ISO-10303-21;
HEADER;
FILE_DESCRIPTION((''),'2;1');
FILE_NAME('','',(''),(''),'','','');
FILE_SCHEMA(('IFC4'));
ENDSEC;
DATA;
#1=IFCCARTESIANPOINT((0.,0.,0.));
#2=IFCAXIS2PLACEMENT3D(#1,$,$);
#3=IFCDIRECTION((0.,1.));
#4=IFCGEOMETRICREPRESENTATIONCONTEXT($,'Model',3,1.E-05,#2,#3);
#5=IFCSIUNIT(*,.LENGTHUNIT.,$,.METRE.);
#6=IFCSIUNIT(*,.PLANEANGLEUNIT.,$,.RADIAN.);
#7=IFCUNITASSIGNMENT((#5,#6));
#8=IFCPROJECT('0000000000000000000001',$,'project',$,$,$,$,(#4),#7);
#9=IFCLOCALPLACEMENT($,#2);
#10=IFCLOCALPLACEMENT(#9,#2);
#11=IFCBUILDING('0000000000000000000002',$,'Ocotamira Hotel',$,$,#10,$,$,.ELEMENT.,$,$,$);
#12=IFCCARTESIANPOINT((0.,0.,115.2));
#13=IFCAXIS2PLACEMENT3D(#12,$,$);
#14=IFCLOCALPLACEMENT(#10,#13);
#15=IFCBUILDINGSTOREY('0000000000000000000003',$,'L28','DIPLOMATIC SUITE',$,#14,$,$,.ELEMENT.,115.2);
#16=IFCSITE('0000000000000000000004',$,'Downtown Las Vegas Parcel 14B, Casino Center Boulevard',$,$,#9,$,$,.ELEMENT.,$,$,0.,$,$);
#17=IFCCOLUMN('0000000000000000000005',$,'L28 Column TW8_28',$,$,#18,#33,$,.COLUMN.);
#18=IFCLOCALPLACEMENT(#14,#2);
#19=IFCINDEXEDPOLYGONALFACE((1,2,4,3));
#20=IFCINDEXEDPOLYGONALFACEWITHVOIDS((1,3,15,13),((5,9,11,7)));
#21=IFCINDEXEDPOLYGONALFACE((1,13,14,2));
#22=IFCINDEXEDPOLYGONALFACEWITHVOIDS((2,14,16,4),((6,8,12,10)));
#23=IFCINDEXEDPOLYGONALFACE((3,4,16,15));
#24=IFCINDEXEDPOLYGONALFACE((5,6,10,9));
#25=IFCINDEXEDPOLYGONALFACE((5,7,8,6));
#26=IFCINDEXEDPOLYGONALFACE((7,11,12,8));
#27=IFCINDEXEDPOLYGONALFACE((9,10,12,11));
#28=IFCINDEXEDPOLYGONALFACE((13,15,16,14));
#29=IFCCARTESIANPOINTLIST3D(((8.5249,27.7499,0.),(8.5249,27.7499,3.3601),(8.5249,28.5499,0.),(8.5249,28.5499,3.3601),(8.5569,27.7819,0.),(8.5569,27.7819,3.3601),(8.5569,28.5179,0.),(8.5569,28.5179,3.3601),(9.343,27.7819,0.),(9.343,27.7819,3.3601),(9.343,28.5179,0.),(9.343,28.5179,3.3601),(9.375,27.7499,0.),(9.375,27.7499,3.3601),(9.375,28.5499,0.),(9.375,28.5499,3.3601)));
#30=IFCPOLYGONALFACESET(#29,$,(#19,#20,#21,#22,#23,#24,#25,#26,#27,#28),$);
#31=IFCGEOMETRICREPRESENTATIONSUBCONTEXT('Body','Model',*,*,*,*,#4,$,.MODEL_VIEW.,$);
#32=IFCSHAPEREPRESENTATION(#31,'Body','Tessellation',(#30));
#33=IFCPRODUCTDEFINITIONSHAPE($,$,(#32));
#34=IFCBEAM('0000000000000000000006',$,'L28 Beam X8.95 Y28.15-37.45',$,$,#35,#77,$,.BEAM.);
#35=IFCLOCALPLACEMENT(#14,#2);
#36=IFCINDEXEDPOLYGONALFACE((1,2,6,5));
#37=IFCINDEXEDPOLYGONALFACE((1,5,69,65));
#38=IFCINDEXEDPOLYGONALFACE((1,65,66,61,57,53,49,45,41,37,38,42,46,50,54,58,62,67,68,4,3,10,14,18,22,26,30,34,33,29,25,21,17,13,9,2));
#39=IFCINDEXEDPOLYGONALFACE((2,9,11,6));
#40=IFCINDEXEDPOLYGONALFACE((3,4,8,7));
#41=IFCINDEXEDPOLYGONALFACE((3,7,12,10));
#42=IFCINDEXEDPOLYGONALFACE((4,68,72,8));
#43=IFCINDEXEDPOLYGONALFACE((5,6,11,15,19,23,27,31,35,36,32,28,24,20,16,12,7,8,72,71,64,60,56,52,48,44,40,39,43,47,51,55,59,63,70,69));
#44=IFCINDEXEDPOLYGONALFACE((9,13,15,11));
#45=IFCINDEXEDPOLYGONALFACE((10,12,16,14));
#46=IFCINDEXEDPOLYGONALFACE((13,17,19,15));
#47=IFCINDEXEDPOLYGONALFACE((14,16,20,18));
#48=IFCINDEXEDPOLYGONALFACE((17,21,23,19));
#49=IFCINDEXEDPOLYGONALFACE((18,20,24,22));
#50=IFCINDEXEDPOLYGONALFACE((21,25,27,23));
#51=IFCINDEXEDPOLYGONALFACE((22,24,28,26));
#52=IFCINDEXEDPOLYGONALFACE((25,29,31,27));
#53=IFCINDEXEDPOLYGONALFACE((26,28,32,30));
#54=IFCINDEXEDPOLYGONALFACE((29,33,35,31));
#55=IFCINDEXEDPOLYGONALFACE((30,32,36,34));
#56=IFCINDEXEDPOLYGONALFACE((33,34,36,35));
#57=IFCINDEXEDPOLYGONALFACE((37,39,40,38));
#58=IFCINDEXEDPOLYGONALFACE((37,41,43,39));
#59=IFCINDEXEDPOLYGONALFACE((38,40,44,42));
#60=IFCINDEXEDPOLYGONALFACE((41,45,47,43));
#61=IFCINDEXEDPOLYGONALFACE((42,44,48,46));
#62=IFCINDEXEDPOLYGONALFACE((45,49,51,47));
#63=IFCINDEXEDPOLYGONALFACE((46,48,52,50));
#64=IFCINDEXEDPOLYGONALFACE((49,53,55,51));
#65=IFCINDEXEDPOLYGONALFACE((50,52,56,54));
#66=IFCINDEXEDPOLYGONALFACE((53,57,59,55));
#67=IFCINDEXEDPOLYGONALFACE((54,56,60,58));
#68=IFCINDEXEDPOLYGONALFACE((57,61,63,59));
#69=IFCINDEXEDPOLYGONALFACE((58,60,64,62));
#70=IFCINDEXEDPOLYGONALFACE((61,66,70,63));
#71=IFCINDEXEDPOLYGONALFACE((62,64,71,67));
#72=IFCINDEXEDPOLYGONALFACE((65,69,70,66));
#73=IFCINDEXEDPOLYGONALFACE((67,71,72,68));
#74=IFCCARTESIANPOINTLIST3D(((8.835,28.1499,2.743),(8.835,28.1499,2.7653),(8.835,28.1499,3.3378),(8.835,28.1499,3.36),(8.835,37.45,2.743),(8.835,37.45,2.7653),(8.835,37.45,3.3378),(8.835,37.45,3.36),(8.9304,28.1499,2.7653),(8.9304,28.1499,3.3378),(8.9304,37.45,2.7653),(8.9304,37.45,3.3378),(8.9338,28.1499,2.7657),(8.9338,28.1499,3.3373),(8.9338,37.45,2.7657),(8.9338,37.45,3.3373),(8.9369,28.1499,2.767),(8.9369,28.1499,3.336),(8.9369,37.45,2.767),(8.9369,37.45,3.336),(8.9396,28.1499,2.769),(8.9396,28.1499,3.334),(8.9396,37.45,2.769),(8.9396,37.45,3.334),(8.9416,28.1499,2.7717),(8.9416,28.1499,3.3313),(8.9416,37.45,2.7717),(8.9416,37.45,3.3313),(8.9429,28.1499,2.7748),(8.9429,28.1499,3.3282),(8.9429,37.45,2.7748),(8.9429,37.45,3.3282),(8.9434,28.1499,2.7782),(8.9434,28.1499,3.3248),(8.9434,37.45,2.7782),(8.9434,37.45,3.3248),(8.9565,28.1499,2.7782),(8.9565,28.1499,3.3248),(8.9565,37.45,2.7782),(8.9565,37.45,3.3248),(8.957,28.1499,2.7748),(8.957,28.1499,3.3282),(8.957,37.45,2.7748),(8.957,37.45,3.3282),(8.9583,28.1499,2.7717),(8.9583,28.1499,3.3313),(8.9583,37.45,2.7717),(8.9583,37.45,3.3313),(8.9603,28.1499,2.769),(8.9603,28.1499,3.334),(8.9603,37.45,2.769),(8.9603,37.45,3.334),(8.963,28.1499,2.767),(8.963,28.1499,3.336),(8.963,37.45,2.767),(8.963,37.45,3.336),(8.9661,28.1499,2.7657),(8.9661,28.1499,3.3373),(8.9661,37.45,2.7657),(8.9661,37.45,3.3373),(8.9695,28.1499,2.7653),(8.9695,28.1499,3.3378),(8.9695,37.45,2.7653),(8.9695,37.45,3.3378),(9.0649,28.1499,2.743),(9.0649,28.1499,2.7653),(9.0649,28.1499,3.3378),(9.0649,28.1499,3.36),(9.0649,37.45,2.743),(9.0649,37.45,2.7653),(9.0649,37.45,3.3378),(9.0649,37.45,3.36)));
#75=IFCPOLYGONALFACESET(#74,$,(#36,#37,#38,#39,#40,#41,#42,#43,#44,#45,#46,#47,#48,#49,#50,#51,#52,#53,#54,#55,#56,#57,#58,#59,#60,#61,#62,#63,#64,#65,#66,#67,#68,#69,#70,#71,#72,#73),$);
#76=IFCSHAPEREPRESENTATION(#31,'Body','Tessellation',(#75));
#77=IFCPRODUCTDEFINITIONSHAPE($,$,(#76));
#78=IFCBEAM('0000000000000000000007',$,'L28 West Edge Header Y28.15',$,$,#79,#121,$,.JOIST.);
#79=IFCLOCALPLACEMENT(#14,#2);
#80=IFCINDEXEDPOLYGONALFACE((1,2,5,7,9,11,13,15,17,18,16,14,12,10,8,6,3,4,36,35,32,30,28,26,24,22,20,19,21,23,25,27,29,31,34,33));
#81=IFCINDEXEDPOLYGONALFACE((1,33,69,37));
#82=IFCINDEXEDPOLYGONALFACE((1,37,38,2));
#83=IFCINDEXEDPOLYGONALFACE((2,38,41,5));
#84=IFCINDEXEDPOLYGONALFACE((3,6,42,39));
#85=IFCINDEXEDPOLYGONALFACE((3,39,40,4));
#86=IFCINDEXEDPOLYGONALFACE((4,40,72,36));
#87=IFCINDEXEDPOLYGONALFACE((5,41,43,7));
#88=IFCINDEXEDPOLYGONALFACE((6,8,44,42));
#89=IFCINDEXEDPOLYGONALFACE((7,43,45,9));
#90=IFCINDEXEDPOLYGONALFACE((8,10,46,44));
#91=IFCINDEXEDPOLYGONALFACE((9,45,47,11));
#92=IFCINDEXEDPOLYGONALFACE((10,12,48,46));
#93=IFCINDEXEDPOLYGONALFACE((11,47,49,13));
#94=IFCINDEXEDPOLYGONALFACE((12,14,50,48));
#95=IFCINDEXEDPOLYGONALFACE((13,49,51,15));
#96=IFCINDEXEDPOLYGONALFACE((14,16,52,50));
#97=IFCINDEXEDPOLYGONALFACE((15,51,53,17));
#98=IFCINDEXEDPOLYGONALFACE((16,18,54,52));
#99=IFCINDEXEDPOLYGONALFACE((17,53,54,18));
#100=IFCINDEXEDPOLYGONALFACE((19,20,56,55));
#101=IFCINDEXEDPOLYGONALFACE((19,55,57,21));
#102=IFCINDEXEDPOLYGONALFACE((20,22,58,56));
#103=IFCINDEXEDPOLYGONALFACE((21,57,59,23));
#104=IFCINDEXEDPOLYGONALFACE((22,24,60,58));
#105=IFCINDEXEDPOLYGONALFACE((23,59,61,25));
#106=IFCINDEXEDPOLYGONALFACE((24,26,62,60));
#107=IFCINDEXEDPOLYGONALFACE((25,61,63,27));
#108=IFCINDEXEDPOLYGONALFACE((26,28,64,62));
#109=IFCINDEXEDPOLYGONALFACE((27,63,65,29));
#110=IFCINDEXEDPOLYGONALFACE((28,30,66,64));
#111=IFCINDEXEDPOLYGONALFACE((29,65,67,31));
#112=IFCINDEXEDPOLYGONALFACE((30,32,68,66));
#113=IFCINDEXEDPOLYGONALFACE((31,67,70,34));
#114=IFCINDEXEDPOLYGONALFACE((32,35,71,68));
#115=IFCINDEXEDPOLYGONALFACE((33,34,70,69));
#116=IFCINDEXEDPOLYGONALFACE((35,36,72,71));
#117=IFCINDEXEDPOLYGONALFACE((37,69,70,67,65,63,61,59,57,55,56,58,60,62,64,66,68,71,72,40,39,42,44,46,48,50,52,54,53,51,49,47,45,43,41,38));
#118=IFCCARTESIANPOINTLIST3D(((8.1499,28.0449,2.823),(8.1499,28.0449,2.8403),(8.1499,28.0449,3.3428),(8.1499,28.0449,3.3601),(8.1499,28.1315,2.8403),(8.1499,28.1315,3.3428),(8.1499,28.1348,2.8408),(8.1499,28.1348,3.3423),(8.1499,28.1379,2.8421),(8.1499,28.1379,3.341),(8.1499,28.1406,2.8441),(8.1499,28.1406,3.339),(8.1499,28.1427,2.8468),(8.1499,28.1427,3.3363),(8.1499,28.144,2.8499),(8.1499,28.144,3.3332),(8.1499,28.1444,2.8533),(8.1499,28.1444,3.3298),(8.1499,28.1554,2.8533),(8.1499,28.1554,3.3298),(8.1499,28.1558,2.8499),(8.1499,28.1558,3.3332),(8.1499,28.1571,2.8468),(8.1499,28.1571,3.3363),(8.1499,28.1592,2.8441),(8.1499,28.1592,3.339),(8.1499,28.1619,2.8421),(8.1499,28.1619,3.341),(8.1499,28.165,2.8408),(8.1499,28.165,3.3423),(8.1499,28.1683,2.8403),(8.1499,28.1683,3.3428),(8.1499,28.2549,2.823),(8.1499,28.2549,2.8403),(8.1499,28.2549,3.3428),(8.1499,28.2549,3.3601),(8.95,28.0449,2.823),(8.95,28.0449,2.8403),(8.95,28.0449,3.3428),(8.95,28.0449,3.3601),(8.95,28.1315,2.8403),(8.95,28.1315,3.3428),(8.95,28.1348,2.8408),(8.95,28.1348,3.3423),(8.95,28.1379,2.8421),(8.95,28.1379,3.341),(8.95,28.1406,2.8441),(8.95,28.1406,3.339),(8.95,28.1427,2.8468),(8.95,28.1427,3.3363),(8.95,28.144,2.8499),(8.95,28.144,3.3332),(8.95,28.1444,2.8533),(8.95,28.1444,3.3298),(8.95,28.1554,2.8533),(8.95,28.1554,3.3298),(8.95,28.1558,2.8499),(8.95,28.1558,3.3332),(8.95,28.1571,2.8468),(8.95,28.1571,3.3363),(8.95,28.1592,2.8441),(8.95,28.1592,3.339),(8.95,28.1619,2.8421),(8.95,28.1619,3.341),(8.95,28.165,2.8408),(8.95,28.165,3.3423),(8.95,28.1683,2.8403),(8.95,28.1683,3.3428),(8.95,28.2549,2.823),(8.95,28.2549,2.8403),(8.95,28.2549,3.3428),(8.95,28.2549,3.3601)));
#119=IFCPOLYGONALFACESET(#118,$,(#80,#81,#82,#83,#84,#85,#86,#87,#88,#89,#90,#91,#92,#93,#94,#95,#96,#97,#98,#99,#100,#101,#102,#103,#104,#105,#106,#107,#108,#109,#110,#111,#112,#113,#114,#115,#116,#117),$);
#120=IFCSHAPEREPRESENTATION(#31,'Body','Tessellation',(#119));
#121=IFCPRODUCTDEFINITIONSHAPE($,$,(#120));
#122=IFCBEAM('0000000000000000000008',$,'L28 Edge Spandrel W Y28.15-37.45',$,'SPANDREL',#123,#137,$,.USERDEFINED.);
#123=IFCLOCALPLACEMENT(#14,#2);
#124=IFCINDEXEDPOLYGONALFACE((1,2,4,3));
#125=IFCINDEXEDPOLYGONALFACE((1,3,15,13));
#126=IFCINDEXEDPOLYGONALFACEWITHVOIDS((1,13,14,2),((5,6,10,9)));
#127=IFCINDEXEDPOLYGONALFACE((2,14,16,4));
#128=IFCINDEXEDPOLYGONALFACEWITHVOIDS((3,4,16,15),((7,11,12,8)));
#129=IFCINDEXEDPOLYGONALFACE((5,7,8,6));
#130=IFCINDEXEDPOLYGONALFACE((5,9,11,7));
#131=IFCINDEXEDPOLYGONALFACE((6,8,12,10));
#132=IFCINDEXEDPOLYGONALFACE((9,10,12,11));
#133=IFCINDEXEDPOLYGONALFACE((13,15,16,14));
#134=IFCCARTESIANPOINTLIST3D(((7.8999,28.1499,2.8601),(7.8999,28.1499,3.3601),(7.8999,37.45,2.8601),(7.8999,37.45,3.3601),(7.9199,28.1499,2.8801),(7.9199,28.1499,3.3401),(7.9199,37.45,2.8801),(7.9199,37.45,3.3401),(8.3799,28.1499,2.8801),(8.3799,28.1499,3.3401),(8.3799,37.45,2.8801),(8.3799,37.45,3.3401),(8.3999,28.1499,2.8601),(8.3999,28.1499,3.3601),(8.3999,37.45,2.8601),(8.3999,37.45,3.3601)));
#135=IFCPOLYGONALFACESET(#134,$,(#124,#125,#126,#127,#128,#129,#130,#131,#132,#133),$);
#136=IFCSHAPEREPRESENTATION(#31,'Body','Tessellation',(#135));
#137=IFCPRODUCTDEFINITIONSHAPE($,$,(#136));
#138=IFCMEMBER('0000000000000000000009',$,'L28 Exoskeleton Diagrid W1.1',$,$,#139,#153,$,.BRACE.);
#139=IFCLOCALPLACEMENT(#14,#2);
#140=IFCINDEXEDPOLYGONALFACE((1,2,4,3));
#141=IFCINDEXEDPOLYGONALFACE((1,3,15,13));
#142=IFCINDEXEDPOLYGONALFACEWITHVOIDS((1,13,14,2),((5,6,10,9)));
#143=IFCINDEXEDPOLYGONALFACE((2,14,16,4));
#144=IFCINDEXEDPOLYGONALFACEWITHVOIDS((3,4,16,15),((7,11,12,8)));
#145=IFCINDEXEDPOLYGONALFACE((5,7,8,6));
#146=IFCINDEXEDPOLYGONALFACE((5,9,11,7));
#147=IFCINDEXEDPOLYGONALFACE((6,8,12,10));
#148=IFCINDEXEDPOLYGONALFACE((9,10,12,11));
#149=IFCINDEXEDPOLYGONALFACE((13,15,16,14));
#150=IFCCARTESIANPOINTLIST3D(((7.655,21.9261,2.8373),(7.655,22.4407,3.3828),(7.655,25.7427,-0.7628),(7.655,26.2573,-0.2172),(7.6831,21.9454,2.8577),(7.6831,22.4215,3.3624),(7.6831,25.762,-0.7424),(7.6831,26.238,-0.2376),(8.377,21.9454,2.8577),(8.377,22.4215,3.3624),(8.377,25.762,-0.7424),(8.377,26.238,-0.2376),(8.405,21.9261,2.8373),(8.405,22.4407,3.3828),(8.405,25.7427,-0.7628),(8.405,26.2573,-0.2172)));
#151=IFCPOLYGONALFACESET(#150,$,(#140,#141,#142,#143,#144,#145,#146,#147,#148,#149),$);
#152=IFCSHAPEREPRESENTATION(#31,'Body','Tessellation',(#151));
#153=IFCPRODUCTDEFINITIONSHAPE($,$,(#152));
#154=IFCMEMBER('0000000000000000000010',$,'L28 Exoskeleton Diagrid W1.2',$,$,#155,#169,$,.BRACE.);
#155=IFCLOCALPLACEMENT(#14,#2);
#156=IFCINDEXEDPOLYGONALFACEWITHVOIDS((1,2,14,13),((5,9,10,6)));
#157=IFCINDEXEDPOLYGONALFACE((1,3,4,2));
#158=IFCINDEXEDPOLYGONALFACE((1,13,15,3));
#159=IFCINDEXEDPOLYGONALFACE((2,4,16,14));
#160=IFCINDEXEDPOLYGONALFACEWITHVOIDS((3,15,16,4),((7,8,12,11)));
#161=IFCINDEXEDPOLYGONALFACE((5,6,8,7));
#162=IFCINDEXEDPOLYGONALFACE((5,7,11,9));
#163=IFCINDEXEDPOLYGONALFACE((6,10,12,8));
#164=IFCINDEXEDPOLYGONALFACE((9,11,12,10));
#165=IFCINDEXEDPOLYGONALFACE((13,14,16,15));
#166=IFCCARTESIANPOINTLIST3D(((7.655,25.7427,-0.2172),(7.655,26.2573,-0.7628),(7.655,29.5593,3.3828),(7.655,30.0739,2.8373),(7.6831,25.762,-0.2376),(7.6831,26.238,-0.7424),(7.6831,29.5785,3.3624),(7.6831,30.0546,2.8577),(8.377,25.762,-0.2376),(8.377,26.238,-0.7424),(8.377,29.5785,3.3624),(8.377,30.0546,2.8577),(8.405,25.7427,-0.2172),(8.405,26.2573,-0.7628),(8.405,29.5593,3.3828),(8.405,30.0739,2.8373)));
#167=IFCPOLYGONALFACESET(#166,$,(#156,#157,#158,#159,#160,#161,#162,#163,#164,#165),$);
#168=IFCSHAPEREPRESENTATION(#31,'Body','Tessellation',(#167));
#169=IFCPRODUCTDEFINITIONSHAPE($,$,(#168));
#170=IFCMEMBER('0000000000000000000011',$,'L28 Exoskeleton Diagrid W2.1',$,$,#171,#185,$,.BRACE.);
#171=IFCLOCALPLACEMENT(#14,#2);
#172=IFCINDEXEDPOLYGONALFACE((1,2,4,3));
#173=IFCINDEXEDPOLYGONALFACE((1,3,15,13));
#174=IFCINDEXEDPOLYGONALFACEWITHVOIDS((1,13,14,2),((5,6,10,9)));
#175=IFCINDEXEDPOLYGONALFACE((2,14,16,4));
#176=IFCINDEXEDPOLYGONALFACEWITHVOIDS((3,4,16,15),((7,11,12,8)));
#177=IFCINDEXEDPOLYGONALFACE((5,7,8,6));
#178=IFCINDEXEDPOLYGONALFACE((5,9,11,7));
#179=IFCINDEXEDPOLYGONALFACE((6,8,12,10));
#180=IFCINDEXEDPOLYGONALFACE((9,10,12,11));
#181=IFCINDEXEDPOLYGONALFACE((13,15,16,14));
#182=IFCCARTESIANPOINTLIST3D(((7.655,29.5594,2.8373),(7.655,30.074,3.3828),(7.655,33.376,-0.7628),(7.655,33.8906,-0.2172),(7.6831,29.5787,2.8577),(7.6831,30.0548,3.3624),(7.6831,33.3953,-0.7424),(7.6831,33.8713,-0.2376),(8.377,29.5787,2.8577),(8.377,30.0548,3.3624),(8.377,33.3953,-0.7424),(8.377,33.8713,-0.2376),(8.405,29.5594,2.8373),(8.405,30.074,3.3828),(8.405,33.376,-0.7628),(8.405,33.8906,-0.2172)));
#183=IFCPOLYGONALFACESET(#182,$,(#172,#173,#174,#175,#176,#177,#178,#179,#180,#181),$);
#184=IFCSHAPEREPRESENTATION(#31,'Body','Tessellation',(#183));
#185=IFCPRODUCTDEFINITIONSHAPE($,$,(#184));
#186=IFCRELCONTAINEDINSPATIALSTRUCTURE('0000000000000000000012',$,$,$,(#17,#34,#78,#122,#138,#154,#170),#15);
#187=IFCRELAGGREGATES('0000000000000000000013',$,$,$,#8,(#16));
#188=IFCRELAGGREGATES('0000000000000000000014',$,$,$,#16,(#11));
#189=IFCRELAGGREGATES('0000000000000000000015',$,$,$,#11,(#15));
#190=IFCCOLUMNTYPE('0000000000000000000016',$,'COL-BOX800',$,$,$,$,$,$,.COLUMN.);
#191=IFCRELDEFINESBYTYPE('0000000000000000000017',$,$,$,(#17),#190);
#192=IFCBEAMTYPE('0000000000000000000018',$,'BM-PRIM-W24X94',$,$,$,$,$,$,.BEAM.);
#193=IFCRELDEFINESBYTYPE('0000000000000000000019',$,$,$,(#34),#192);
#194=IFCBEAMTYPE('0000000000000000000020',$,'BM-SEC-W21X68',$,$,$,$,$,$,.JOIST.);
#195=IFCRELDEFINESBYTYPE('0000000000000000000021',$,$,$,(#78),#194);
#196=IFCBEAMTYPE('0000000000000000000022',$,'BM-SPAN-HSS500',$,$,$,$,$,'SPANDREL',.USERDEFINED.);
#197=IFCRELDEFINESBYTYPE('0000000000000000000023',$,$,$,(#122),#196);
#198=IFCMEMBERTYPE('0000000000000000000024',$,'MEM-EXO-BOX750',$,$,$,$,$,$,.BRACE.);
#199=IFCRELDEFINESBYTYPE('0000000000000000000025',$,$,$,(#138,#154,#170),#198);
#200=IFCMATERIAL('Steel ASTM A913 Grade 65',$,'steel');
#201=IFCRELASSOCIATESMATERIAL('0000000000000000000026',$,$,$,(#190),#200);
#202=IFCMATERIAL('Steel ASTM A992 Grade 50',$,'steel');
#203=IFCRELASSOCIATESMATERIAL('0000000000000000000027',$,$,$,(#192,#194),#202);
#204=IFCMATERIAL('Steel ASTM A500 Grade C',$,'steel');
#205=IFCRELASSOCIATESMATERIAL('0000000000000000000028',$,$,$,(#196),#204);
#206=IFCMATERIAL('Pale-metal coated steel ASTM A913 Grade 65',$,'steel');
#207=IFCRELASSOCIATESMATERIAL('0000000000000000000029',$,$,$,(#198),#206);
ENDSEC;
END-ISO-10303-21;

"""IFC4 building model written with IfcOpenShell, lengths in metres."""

from ifc_helpers import new_model, si_unit, direction, frame, origin, origin_2d, place, context, subcontext, project, spatial, hollow_rectangle, i_section, extrude, source, transform, mapped, material, material_profile, profile_set, type_object, element, save


model = new_model("IFC4")

# Units and contexts
model_context = context("Model", 3, precision=1e-05, world=origin(), true_north=direction((0.0, 1.0)))
body_context = subcontext(model_context, "Body", "Model", "MODEL_VIEW")
ifc_project = project(units=[si_unit("LENGTHUNIT", "METRE"), si_unit("PLANEANGLEUNIT", "RADIAN")], contexts=[model_context])

# Site, building, storey
site_placement = place(None, origin())
site = spatial("IfcSite", under=ifc_project, at=site_placement, Name="Downtown Las Vegas Parcel 14B, Casino Center Boulevard", CompositionType="ELEMENT", RefElevation=0.0)
building_placement = place(site_placement, origin())
building = spatial("IfcBuilding", under=site, at=building_placement, Name="Ocotamira Hotel", CompositionType="ELEMENT")
storey_placement = place(building_placement, frame((0.0, 0.0, 115.2)))
storey = spatial("IfcBuildingStorey", under=building, at=storey_placement, Name="L28", Description="DIPLOMATIC SUITE", CompositionType="ELEMENT", Elevation=115.2)

# Column
ifc_material_1 = material(Name="Steel ASTM A913 Grade 65", Category="steel")
ifc_material_profile_1 = material_profile(ifc_material_1, hollow_rectangle(XDim=0.8501, YDim=0.8, WallThickness=0.032, at=origin_2d()), Name="BOX800X850X32")
ifc_profile_set_1 = profile_set([ifc_material_profile_1], Name="Steel ASTM A913 Grade 65")
column_type = type_object("IfcColumnType", Name="COL-BOX800", PredefinedType="COLUMN", material=ifc_profile_set_1)
shared_shape_1 = source(origin(), body_context, "Body", "SweptSolid", [
    extrude(hollow_rectangle(XDim=0.8501, YDim=0.8, WallThickness=0.032, at=origin_2d()), origin(), (0.0, 0.0, 1.0), 3.3601),
])
column_placement = place(storey_placement, frame((8.95, 28.1499, 0.0), z_axis=(0.0, 0.0, 1.0), x_axis=(1.0, 0.0, 0.0)))
element("IfcColumn", 1, at=column_placement, inside=storey, type_object=column_type, Name="L28 Column TW8_28", PredefinedType="COLUMN", context=body_context, shape_type="MappedRepresentation", body=[
    mapped(shared_shape_1, transform((0.0, 0.0, 0.0), scale=1.0)),
])

# Beams
ifc_material_2 = material(Name="Steel ASTM A992 Grade 50", Category="steel")
ifc_material_profile_2 = material_profile(ifc_material_2, i_section(OverallWidth=0.23, OverallDepth=0.6169, WebThickness=0.0132, FlangeThickness=0.0222, FilletRadius=0.0129, at=origin_2d()), Name="W24X94")
ifc_profile_set_2 = profile_set([ifc_material_profile_2], Name="Steel ASTM A992 Grade 50")
beam_type_1 = type_object("IfcBeamType", Name="BM-PRIM-W24X94", PredefinedType="BEAM", material=ifc_profile_set_2)
shared_shape_2 = source(origin(), body_context, "Body", "SweptSolid", [
    extrude(i_section(OverallWidth=0.23, OverallDepth=0.6169, WebThickness=0.0132, FlangeThickness=0.0222, FilletRadius=0.0129, at=origin_2d()), origin(), (0.0, 0.0, 1.0), 9.3),
])
beam_1_placement = place(storey_placement, frame((8.95, 28.1499, 3.0515), z_axis=(0.0, 1.0, 0.0), x_axis=(-1.0, 0.0, 0.0)))
element("IfcBeam", 2, at=beam_1_placement, inside=storey, type_object=beam_type_1, Name="L28 Beam X8.95 Y28.15-37.45", PredefinedType="BEAM", context=body_context, shape_type="MappedRepresentation", body=[
    mapped(shared_shape_2, transform((0.0, 0.0, 0.0), scale=1.0)),
])
ifc_material_profile_3 = material_profile(ifc_material_2, i_section(OverallWidth=0.21, OverallDepth=0.5371, WebThickness=0.011, FlangeThickness=0.0173, FilletRadius=0.0129, at=origin_2d()), Name="W21X68")
ifc_profile_set_3 = profile_set([ifc_material_profile_3], Name="Steel ASTM A992 Grade 50")
beam_type_2 = type_object("IfcBeamType", Name="BM-SEC-W21X68", PredefinedType="JOIST", material=ifc_profile_set_3)
shared_shape_3 = source(origin(), body_context, "Body", "SweptSolid", [
    extrude(i_section(OverallWidth=0.21, OverallDepth=0.5371, WebThickness=0.011, FlangeThickness=0.0173, FilletRadius=0.0129, at=origin_2d()), origin(), (0.0, 0.0, 1.0), 0.8),
])
beam_2_placement = place(storey_placement, frame((8.95, 28.1499, 3.0916), z_axis=(-1.0, 0.0, 0.0), x_axis=(0.0, -1.0, 0.0)))
element("IfcBeam", 3, at=beam_2_placement, inside=storey, type_object=beam_type_2, Name="L28 West Edge Header Y28.15", PredefinedType="JOIST", context=body_context, shape_type="MappedRepresentation", body=[
    mapped(shared_shape_3, transform((0.0, 0.0, 0.0), scale=1.0)),
])
ifc_material_3 = material(Name="Steel ASTM A500 Grade C", Category="steel")
ifc_material_profile_4 = material_profile(ifc_material_3, hollow_rectangle(XDim=0.5, YDim=0.5, WallThickness=0.02, at=origin_2d()), Name="HSS500X500X20")
ifc_profile_set_4 = profile_set([ifc_material_profile_4], Name="Steel ASTM A500 Grade C")
beam_type_3 = type_object("IfcBeamType", Name="BM-SPAN-HSS500", ElementType="SPANDREL", PredefinedType="USERDEFINED", material=ifc_profile_set_4)
shared_shape_4 = source(origin(), body_context, "Body", "SweptSolid", [
    extrude(hollow_rectangle(XDim=0.5, YDim=0.5, WallThickness=0.02, at=origin_2d()), origin(), (0.0, 0.0, 1.0), 9.3),
])
beam_3_placement = place(storey_placement, frame((8.1499, 28.1499, 3.1101), z_axis=(0.0, 1.0, 0.0), x_axis=(-1.0, 0.0, 0.0)))
element("IfcBeam", 4, at=beam_3_placement, inside=storey, type_object=beam_type_3, Name="L28 Edge Spandrel W Y28.15-37.45", ObjectType="SPANDREL", PredefinedType="USERDEFINED", context=body_context, shape_type="MappedRepresentation", body=[
    mapped(shared_shape_4, transform((0.0, 0.0, 0.0), scale=1.0)),
])

# Members
ifc_material_4 = material(Name="Pale-metal coated steel ASTM A913 Grade 65", Category="steel")
ifc_material_profile_5 = material_profile(ifc_material_4, hollow_rectangle(XDim=0.75, YDim=0.75, WallThickness=0.0281, at=origin_2d()), Name="BOX750X750X28")
ifc_profile_set_5 = profile_set([ifc_material_profile_5], Name="Pale-metal coated steel ASTM A913 Grade 65")
member_type_1 = type_object("IfcMemberType", Name="MEM-EXO-BOX750", PredefinedType="BRACE", material=ifc_profile_set_5)
shared_shape_5 = source(origin(), body_context, "Body", "SweptSolid", [
    extrude(hollow_rectangle(XDim=0.75, YDim=0.75, WallThickness=0.0281, at=origin_2d()), origin(), (0.0, 0.0, 1.0), 5.2466),
])
for number, where, z_axis, x_axis, name in (
    (5, (8.03, 26.0, -0.49), (0.0, -0.727443, 0.686168), (1.0, 0.0, 0.0), "L28 Exoskeleton Diagrid W1.1"),
    (6, (8.03, 26.0, -0.49), (0.0, 0.727443, 0.686168), (-1.0, 0.0, 0.0), "L28 Exoskeleton Diagrid W1.2"),
    (7, (8.03, 33.6333, -0.49), (0.0, -0.727443, 0.686168), (1.0, 0.0, 0.0), "L28 Exoskeleton Diagrid W2.1"),
):
    element("IfcMember", number, at=place(storey_placement, frame(where, z_axis=z_axis, x_axis=x_axis)), inside=storey, type_object=member_type_1, Name=name, PredefinedType="BRACE", context=body_context, shape_type="MappedRepresentation", body=[
        mapped(shared_shape_5, transform((0.0, 0.0, 0.0), scale=1.0)),
    ])

save(model, "model.ifc")
